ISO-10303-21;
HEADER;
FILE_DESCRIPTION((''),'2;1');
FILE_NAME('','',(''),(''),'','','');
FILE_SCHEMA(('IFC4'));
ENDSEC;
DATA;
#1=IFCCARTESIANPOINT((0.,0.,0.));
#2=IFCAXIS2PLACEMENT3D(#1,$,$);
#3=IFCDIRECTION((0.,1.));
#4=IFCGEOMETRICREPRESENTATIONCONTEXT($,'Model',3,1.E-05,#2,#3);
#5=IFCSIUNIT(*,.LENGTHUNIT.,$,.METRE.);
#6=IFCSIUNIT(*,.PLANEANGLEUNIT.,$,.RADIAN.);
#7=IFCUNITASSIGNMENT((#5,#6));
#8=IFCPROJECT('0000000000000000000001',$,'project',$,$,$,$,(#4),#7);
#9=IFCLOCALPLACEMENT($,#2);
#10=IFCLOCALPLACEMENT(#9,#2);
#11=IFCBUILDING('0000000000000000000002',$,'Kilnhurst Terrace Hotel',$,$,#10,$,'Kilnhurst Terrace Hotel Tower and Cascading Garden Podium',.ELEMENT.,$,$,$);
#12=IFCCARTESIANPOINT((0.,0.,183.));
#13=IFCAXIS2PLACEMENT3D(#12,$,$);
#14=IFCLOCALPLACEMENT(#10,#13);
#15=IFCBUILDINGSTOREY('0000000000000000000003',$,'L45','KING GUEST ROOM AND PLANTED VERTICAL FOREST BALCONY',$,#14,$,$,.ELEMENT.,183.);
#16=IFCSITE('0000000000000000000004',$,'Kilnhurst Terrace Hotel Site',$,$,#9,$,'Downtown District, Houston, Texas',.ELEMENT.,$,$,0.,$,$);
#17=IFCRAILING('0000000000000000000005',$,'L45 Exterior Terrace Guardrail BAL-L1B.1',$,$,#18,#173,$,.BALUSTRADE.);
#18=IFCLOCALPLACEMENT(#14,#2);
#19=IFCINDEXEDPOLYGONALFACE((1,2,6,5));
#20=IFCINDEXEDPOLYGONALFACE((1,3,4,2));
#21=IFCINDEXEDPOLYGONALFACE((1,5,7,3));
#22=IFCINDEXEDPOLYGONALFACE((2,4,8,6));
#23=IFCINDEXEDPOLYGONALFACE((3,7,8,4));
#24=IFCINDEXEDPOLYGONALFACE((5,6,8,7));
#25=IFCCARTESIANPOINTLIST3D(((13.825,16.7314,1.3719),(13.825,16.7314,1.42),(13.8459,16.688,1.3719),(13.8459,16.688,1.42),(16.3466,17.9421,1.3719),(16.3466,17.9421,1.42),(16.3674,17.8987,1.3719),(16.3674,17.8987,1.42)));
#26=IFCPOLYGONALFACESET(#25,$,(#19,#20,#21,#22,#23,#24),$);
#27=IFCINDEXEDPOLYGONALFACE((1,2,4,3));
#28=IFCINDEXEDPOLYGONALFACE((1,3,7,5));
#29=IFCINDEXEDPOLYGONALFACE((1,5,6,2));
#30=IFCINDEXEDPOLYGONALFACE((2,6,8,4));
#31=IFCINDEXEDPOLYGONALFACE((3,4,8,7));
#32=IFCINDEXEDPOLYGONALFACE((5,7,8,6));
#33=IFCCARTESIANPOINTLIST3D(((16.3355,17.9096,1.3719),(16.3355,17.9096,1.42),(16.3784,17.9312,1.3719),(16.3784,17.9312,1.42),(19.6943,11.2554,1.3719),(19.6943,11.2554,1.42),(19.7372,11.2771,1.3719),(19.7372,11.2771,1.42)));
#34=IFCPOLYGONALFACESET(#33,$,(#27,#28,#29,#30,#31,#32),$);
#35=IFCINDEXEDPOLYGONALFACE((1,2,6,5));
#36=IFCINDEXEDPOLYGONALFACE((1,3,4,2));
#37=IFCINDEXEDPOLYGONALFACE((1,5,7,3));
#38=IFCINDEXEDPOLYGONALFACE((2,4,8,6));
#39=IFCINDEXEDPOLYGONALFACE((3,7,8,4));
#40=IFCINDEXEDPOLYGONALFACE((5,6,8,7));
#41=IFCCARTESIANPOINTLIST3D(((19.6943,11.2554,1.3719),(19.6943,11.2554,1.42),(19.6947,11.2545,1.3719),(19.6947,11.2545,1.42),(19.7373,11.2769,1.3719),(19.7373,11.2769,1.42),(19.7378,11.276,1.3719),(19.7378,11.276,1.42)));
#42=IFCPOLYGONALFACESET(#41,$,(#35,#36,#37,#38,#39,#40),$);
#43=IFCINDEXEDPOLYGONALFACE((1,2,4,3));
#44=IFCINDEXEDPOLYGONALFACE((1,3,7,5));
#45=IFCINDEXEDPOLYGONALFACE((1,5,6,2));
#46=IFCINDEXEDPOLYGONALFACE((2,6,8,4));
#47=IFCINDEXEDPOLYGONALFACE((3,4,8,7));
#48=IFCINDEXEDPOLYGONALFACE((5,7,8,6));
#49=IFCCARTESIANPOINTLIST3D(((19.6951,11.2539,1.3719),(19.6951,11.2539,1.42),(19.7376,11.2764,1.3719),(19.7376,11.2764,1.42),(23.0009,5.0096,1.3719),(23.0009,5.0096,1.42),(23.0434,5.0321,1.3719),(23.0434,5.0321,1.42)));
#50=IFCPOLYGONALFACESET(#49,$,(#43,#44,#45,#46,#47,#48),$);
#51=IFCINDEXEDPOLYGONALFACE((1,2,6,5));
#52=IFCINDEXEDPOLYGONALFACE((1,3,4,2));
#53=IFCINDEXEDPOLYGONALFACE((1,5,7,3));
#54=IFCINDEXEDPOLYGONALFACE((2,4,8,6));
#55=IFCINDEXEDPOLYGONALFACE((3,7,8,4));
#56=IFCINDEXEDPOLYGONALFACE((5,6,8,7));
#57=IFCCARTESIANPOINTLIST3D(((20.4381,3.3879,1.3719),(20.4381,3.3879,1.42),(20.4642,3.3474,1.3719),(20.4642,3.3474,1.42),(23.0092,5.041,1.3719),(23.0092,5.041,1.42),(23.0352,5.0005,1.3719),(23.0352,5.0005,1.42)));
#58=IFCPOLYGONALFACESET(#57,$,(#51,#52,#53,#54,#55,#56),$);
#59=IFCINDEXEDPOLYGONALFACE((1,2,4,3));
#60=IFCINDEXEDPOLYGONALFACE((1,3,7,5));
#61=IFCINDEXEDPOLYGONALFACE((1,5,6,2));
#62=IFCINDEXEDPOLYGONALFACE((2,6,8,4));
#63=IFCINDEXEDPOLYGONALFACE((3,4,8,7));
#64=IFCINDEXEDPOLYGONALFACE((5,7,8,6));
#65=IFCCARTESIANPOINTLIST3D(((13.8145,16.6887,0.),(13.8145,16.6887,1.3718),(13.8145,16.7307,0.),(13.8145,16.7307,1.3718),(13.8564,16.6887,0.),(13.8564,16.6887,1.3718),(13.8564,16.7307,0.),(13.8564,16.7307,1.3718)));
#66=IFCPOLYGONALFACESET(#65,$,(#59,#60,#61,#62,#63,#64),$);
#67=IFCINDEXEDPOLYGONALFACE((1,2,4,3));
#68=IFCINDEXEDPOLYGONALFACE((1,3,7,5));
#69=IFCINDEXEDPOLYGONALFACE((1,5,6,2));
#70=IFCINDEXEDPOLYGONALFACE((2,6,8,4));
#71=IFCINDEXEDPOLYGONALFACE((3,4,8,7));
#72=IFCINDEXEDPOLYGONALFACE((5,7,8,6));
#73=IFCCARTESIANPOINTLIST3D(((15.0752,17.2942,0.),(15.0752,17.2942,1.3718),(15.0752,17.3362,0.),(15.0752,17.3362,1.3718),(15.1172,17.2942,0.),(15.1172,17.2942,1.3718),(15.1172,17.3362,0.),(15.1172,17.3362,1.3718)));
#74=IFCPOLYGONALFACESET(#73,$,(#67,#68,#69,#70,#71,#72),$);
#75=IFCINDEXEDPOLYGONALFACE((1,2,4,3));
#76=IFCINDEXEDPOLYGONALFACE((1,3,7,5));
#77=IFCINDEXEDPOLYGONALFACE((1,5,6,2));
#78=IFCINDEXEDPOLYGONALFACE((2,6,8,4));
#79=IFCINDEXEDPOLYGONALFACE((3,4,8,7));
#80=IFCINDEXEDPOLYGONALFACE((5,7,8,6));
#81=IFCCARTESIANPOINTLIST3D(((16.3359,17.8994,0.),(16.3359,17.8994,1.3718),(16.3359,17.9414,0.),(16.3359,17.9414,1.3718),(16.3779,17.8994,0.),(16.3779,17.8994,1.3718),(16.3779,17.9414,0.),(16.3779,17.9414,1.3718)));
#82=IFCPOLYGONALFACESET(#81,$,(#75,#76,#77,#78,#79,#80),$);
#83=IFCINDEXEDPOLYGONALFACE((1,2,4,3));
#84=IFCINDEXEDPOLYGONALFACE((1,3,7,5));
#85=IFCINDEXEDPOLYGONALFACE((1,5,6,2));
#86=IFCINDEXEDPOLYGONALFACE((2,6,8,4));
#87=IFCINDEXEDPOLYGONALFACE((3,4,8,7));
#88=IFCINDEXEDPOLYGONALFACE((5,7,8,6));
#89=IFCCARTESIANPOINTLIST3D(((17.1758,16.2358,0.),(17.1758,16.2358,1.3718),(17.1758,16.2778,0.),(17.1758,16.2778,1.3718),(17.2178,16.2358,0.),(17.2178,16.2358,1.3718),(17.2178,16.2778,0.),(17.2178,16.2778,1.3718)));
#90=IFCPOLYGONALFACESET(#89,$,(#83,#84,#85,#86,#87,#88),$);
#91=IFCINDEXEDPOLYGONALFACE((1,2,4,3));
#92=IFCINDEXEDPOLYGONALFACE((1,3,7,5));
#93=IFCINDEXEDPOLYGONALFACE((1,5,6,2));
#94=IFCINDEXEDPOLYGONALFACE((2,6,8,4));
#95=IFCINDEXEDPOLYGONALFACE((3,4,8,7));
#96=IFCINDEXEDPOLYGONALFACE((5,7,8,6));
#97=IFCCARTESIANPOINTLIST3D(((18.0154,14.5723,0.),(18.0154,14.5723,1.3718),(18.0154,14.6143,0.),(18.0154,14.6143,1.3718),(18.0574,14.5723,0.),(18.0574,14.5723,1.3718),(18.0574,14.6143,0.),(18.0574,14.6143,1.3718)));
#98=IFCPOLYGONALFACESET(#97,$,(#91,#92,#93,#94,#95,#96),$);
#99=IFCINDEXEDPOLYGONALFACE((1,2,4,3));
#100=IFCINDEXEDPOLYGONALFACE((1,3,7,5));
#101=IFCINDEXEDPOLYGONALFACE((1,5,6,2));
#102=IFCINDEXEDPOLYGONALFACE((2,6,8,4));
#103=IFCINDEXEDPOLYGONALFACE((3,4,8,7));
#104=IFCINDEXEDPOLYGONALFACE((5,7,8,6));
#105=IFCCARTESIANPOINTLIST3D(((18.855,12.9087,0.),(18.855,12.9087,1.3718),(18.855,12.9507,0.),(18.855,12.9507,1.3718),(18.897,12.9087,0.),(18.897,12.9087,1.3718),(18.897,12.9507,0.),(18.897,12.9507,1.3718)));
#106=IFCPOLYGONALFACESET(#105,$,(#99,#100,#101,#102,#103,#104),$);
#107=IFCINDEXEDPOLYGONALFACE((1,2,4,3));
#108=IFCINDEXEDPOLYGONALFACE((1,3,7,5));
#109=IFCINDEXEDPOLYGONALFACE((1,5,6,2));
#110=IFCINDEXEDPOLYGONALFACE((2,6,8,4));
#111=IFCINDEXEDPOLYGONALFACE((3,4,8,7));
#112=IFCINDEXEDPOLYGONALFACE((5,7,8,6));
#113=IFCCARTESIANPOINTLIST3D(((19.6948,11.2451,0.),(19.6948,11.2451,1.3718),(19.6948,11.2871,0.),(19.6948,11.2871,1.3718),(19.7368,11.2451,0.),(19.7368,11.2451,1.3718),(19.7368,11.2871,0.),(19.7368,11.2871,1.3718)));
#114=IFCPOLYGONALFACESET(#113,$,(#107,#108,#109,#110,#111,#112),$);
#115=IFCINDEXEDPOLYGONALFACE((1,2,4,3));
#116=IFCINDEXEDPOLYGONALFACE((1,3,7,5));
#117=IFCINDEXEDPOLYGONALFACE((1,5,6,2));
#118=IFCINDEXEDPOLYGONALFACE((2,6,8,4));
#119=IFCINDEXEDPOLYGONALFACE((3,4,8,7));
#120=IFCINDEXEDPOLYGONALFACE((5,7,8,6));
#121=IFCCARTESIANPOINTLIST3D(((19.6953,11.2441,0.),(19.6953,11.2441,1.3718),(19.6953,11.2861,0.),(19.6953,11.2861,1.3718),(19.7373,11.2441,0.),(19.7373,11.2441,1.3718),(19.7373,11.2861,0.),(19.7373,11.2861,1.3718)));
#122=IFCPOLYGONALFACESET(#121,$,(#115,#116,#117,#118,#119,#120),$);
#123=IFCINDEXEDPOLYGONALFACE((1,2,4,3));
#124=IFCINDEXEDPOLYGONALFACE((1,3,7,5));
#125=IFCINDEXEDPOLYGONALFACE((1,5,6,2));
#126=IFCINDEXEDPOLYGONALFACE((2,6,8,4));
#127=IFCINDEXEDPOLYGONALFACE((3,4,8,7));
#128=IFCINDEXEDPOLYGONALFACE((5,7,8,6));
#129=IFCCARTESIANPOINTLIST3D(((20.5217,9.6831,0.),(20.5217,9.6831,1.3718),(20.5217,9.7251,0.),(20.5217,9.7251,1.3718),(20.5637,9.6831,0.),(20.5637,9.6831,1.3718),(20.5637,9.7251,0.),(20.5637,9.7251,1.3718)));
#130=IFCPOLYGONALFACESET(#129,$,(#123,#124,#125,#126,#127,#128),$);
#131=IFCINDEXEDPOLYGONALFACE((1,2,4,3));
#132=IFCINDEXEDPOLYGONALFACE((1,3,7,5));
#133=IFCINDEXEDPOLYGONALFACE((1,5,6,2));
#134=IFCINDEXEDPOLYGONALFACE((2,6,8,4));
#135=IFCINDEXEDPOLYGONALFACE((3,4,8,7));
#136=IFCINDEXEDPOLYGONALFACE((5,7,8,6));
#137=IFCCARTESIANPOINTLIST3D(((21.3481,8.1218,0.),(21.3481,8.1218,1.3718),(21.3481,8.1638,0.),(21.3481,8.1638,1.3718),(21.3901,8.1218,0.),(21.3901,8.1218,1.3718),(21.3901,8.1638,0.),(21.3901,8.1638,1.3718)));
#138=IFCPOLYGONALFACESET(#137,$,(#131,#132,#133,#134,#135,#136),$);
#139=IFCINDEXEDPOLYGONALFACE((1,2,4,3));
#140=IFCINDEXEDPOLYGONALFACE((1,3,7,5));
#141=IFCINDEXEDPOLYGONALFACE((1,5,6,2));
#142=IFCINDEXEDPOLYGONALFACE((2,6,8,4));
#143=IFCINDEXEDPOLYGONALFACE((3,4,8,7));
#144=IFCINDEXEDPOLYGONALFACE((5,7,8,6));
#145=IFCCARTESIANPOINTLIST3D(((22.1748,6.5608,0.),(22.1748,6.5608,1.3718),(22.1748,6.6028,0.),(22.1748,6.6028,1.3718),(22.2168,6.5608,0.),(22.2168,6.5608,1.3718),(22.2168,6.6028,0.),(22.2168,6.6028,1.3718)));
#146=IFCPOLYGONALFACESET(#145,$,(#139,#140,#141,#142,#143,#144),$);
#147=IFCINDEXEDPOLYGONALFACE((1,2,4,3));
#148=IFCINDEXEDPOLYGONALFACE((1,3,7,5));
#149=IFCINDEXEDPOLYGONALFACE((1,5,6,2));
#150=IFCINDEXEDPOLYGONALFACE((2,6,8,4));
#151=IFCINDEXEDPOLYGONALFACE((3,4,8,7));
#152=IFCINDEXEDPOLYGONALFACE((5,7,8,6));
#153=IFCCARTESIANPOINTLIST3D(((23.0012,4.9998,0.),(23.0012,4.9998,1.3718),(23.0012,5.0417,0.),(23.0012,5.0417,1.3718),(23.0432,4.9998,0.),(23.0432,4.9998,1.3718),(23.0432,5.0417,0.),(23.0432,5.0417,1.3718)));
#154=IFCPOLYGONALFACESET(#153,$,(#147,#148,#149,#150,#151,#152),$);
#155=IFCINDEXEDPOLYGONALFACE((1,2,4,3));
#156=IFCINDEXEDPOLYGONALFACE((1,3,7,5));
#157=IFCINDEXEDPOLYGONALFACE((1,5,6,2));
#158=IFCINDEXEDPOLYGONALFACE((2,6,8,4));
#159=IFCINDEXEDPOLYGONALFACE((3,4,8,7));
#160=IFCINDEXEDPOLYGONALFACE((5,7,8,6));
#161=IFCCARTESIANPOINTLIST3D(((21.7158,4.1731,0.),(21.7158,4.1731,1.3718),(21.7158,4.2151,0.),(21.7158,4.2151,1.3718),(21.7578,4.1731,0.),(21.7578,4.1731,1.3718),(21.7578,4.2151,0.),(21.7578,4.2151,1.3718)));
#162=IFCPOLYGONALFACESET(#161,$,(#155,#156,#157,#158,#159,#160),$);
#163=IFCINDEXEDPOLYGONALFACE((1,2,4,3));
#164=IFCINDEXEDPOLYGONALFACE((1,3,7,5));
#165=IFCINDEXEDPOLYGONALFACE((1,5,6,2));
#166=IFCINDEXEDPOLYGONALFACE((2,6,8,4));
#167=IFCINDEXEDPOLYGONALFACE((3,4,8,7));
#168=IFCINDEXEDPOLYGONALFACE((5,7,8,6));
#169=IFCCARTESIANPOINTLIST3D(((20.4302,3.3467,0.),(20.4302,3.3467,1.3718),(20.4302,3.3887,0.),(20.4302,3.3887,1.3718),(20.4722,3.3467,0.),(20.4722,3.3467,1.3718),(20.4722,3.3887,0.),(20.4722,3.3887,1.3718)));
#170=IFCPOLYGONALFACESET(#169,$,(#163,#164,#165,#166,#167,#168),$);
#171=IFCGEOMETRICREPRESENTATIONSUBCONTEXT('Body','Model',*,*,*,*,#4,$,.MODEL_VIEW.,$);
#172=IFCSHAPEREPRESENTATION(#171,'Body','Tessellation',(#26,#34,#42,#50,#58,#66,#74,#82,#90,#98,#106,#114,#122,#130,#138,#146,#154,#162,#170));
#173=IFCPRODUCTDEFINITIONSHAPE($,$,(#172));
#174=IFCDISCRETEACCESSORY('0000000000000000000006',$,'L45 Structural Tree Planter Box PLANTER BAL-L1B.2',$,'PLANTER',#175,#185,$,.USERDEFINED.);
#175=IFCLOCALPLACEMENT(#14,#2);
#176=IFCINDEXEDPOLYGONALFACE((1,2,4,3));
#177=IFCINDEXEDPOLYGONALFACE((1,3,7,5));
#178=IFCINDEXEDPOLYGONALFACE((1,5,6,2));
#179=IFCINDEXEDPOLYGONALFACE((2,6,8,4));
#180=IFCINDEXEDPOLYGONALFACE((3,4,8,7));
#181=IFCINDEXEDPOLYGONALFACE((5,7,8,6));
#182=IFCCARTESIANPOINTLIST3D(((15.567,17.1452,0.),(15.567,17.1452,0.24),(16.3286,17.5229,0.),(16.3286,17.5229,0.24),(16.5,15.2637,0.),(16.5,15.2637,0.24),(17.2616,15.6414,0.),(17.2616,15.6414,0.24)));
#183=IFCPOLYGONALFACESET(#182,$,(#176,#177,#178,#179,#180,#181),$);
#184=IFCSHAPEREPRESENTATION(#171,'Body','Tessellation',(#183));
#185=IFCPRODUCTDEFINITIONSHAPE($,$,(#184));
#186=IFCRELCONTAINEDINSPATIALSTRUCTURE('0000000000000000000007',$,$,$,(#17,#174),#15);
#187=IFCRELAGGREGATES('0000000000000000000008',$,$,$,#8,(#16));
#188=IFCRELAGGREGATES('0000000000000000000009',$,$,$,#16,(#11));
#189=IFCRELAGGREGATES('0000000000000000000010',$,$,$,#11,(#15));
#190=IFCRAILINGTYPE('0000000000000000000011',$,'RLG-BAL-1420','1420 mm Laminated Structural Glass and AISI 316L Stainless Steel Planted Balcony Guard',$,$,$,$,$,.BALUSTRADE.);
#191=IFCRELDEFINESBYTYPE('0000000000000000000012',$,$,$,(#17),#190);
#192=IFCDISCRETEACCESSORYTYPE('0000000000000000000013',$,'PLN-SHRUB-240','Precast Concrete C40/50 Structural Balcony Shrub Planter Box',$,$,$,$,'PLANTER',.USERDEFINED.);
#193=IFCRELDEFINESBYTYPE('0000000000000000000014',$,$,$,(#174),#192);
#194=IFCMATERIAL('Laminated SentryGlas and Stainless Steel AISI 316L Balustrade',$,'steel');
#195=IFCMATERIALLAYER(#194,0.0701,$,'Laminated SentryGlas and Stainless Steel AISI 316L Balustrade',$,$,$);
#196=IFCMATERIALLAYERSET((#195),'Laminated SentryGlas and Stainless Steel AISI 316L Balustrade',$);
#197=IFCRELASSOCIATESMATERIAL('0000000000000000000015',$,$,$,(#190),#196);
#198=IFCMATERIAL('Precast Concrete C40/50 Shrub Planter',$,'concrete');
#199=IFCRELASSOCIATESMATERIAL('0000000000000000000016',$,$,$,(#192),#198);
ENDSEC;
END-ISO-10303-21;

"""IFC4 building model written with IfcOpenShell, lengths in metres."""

from ifc_helpers import new_model, si_unit, direction, frame, origin, origin_2d, place, context, subcontext, project, spatial, rectangle, extrude, material, layer, layer_set, type_object, element, save


model = new_model("IFC4")

# Units and contexts
model_context = context("Model", 3, precision=1e-05, world=origin(), true_north=direction((0.0, 1.0)))
body_context = subcontext(model_context, "Body", "Model", "MODEL_VIEW")
ifc_project = project(units=[si_unit("LENGTHUNIT", "METRE"), si_unit("PLANEANGLEUNIT", "RADIAN")], contexts=[model_context])

# Site, building, storey
site_placement = place(None, origin())
site = spatial("IfcSite", under=ifc_project, at=site_placement, Name="Kilnhurst Terrace Hotel Site", LongName="Downtown District, Houston, Texas", CompositionType="ELEMENT", RefElevation=0.0)
building_placement = place(site_placement, origin())
building = spatial("IfcBuilding", under=site, at=building_placement, Name="Kilnhurst Terrace Hotel", LongName="Kilnhurst Terrace Hotel Tower and Cascading Garden Podium", CompositionType="ELEMENT")
storey_placement = place(building_placement, frame((0.0, 0.0, 183.0)))
storey = spatial("IfcBuildingStorey", under=building, at=storey_placement, Name="L45", Description="KING GUEST ROOM AND PLANTED VERTICAL FOREST BALCONY", CompositionType="ELEMENT", Elevation=183.0)

# Railing
ifc_material_1 = material(Name="Laminated SentryGlas and Stainless Steel AISI 316L Balustrade", Category="steel")
ifc_layer_1 = layer(ifc_material_1, 0.0701, Name="Laminated SentryGlas and Stainless Steel AISI 316L Balustrade")
ifc_layer_set_1 = layer_set([ifc_layer_1], Name="Laminated SentryGlas and Stainless Steel AISI 316L Balustrade")
railing_type = type_object("IfcRailingType", Name="RLG-BAL-1420", Description="1420 mm Laminated Structural Glass and AISI 316L Stainless Steel Planted Balcony Guard", PredefinedType="BALUSTRADE", material=ifc_layer_set_1)
railing_placement = place(storey_placement, frame((13.8354, 16.7097, 0.0)))
element("IfcRailing", 1, at=railing_placement, inside=storey, type_object=railing_type, Name="L45 Exterior Terrace Guardrail BAL-L1B.1", PredefinedType="BALUSTRADE", context=body_context, shape_type="SweptSolid", body=[
    extrude(rectangle(XDim=0.0481, YDim=0.0481, at=origin_2d()), frame((0.0, 0.0, 1.396), z_axis=(0.90147, 0.432842, 0.0), x_axis=(-0.432842, 0.90147, 0.0)), (0.0, 0.0, 1.0), 2.7971),
    extrude(rectangle(XDim=0.0481, YDim=0.0481, at=origin_2d()), frame((2.5215, 1.2107, 1.396), z_axis=(0.450617, -0.892718, 0.0), x_axis=(0.892718, 0.450617, 0.0)), (0.0, 0.0, 1.0), 7.4539),
    extrude(rectangle(XDim=0.0481, YDim=0.0481, at=origin_2d()), frame((5.8804, -5.4436, 1.396), z_axis=(0.447214, -0.894427, 0.0), x_axis=(0.894427, 0.447214, 0.0)), (0.0, 0.0, 1.0), 0.001),
    extrude(rectangle(XDim=0.0481, YDim=0.0481, at=origin_2d()), frame((5.8809, -5.4446, 1.396), z_axis=(0.467894, -0.883785, 0.0), x_axis=(0.883785, 0.467894, 0.0)), (0.0, 0.0, 1.0), 7.0654),
    extrude(rectangle(XDim=0.0481, YDim=0.0481, at=origin_2d()), frame((9.1868, -11.689, 1.396), z_axis=(-0.84114, -0.540818, 0.0), x_axis=(0.540818, -0.84114, 0.0)), (0.0, 0.0, 1.0), 3.0566),
    extrude(rectangle(XDim=0.042, YDim=0.042, at=origin_2d()), origin(), (0.0, 0.0, 1.0), 1.3718),
    extrude(rectangle(XDim=0.042, YDim=0.042, at=origin_2d()), frame((1.2607, 0.6055, 0.0)), (0.0, 0.0, 1.0), 1.3718),
    extrude(rectangle(XDim=0.042, YDim=0.042, at=origin_2d()), frame((2.5215, 1.2107, 0.0)), (0.0, 0.0, 1.0), 1.3718),
    extrude(rectangle(XDim=0.042, YDim=0.042, at=origin_2d()), frame((3.3613, -0.4529, 0.0)), (0.0, 0.0, 1.0), 1.3718),
    extrude(rectangle(XDim=0.042, YDim=0.042, at=origin_2d()), frame((4.2009, -2.1165, 0.0)), (0.0, 0.0, 1.0), 1.3718),
    extrude(rectangle(XDim=0.042, YDim=0.042, at=origin_2d()), frame((5.0405, -3.78, 0.0)), (0.0, 0.0, 1.0), 1.3718),
    extrude(rectangle(XDim=0.042, YDim=0.042, at=origin_2d()), frame((5.8804, -5.4436, 0.0)), (0.0, 0.0, 1.0), 1.3718),
    extrude(rectangle(XDim=0.042, YDim=0.042, at=origin_2d()), frame((5.8809, -5.4446, 0.0)), (0.0, 0.0, 1.0), 1.3718),
    extrude(rectangle(XDim=0.042, YDim=0.042, at=origin_2d()), frame((6.7073, -7.0056, 0.0)), (0.0, 0.0, 1.0), 1.3718),
    extrude(rectangle(XDim=0.042, YDim=0.042, at=origin_2d()), frame((7.5337, -8.5669, 0.0)), (0.0, 0.0, 1.0), 1.3718),
    extrude(rectangle(XDim=0.042, YDim=0.042, at=origin_2d()), frame((8.3604, -10.1279, 0.0)), (0.0, 0.0, 1.0), 1.3718),
    extrude(rectangle(XDim=0.042, YDim=0.042, at=origin_2d()), frame((9.1868, -11.689, 0.0)), (0.0, 0.0, 1.0), 1.3718),
    extrude(rectangle(XDim=0.042, YDim=0.042, at=origin_2d()), frame((7.9014, -12.5156, 0.0)), (0.0, 0.0, 1.0), 1.3718),
    extrude(rectangle(XDim=0.042, YDim=0.042, at=origin_2d()), frame((6.6157, -13.342, 0.0)), (0.0, 0.0, 1.0), 1.3718),
])

# Discrete accessory
ifc_material_2 = material(Name="Precast Concrete C40/50 Shrub Planter", Category="concrete")
discrete_accessory_type = type_object("IfcDiscreteAccessoryType", Name="PLN-SHRUB-240", Description="Precast Concrete C40/50 Structural Balcony Shrub Planter Box", ElementType="PLANTER", PredefinedType="USERDEFINED", material=ifc_material_2)
discrete_accessory_placement = place(storey_placement, frame((16.4143, 16.3933, 0.0), z_axis=(0.0, 0.0, 1.0), x_axis=(-0.444244, 0.895906, 0.0)))
element("IfcDiscreteAccessory", 2, at=discrete_accessory_placement, inside=storey, type_object=discrete_accessory_type, Name="L45 Structural Tree Planter Box PLANTER BAL-L1B.2", ObjectType="PLANTER", PredefinedType="USERDEFINED", context=body_context, shape_type="SweptSolid", body=[
    extrude(rectangle(XDim=2.1001, YDim=0.8501, at=origin_2d()), origin(), (0.0, 0.0, 1.0), 0.24),
])

save(model, "model.ifc")
